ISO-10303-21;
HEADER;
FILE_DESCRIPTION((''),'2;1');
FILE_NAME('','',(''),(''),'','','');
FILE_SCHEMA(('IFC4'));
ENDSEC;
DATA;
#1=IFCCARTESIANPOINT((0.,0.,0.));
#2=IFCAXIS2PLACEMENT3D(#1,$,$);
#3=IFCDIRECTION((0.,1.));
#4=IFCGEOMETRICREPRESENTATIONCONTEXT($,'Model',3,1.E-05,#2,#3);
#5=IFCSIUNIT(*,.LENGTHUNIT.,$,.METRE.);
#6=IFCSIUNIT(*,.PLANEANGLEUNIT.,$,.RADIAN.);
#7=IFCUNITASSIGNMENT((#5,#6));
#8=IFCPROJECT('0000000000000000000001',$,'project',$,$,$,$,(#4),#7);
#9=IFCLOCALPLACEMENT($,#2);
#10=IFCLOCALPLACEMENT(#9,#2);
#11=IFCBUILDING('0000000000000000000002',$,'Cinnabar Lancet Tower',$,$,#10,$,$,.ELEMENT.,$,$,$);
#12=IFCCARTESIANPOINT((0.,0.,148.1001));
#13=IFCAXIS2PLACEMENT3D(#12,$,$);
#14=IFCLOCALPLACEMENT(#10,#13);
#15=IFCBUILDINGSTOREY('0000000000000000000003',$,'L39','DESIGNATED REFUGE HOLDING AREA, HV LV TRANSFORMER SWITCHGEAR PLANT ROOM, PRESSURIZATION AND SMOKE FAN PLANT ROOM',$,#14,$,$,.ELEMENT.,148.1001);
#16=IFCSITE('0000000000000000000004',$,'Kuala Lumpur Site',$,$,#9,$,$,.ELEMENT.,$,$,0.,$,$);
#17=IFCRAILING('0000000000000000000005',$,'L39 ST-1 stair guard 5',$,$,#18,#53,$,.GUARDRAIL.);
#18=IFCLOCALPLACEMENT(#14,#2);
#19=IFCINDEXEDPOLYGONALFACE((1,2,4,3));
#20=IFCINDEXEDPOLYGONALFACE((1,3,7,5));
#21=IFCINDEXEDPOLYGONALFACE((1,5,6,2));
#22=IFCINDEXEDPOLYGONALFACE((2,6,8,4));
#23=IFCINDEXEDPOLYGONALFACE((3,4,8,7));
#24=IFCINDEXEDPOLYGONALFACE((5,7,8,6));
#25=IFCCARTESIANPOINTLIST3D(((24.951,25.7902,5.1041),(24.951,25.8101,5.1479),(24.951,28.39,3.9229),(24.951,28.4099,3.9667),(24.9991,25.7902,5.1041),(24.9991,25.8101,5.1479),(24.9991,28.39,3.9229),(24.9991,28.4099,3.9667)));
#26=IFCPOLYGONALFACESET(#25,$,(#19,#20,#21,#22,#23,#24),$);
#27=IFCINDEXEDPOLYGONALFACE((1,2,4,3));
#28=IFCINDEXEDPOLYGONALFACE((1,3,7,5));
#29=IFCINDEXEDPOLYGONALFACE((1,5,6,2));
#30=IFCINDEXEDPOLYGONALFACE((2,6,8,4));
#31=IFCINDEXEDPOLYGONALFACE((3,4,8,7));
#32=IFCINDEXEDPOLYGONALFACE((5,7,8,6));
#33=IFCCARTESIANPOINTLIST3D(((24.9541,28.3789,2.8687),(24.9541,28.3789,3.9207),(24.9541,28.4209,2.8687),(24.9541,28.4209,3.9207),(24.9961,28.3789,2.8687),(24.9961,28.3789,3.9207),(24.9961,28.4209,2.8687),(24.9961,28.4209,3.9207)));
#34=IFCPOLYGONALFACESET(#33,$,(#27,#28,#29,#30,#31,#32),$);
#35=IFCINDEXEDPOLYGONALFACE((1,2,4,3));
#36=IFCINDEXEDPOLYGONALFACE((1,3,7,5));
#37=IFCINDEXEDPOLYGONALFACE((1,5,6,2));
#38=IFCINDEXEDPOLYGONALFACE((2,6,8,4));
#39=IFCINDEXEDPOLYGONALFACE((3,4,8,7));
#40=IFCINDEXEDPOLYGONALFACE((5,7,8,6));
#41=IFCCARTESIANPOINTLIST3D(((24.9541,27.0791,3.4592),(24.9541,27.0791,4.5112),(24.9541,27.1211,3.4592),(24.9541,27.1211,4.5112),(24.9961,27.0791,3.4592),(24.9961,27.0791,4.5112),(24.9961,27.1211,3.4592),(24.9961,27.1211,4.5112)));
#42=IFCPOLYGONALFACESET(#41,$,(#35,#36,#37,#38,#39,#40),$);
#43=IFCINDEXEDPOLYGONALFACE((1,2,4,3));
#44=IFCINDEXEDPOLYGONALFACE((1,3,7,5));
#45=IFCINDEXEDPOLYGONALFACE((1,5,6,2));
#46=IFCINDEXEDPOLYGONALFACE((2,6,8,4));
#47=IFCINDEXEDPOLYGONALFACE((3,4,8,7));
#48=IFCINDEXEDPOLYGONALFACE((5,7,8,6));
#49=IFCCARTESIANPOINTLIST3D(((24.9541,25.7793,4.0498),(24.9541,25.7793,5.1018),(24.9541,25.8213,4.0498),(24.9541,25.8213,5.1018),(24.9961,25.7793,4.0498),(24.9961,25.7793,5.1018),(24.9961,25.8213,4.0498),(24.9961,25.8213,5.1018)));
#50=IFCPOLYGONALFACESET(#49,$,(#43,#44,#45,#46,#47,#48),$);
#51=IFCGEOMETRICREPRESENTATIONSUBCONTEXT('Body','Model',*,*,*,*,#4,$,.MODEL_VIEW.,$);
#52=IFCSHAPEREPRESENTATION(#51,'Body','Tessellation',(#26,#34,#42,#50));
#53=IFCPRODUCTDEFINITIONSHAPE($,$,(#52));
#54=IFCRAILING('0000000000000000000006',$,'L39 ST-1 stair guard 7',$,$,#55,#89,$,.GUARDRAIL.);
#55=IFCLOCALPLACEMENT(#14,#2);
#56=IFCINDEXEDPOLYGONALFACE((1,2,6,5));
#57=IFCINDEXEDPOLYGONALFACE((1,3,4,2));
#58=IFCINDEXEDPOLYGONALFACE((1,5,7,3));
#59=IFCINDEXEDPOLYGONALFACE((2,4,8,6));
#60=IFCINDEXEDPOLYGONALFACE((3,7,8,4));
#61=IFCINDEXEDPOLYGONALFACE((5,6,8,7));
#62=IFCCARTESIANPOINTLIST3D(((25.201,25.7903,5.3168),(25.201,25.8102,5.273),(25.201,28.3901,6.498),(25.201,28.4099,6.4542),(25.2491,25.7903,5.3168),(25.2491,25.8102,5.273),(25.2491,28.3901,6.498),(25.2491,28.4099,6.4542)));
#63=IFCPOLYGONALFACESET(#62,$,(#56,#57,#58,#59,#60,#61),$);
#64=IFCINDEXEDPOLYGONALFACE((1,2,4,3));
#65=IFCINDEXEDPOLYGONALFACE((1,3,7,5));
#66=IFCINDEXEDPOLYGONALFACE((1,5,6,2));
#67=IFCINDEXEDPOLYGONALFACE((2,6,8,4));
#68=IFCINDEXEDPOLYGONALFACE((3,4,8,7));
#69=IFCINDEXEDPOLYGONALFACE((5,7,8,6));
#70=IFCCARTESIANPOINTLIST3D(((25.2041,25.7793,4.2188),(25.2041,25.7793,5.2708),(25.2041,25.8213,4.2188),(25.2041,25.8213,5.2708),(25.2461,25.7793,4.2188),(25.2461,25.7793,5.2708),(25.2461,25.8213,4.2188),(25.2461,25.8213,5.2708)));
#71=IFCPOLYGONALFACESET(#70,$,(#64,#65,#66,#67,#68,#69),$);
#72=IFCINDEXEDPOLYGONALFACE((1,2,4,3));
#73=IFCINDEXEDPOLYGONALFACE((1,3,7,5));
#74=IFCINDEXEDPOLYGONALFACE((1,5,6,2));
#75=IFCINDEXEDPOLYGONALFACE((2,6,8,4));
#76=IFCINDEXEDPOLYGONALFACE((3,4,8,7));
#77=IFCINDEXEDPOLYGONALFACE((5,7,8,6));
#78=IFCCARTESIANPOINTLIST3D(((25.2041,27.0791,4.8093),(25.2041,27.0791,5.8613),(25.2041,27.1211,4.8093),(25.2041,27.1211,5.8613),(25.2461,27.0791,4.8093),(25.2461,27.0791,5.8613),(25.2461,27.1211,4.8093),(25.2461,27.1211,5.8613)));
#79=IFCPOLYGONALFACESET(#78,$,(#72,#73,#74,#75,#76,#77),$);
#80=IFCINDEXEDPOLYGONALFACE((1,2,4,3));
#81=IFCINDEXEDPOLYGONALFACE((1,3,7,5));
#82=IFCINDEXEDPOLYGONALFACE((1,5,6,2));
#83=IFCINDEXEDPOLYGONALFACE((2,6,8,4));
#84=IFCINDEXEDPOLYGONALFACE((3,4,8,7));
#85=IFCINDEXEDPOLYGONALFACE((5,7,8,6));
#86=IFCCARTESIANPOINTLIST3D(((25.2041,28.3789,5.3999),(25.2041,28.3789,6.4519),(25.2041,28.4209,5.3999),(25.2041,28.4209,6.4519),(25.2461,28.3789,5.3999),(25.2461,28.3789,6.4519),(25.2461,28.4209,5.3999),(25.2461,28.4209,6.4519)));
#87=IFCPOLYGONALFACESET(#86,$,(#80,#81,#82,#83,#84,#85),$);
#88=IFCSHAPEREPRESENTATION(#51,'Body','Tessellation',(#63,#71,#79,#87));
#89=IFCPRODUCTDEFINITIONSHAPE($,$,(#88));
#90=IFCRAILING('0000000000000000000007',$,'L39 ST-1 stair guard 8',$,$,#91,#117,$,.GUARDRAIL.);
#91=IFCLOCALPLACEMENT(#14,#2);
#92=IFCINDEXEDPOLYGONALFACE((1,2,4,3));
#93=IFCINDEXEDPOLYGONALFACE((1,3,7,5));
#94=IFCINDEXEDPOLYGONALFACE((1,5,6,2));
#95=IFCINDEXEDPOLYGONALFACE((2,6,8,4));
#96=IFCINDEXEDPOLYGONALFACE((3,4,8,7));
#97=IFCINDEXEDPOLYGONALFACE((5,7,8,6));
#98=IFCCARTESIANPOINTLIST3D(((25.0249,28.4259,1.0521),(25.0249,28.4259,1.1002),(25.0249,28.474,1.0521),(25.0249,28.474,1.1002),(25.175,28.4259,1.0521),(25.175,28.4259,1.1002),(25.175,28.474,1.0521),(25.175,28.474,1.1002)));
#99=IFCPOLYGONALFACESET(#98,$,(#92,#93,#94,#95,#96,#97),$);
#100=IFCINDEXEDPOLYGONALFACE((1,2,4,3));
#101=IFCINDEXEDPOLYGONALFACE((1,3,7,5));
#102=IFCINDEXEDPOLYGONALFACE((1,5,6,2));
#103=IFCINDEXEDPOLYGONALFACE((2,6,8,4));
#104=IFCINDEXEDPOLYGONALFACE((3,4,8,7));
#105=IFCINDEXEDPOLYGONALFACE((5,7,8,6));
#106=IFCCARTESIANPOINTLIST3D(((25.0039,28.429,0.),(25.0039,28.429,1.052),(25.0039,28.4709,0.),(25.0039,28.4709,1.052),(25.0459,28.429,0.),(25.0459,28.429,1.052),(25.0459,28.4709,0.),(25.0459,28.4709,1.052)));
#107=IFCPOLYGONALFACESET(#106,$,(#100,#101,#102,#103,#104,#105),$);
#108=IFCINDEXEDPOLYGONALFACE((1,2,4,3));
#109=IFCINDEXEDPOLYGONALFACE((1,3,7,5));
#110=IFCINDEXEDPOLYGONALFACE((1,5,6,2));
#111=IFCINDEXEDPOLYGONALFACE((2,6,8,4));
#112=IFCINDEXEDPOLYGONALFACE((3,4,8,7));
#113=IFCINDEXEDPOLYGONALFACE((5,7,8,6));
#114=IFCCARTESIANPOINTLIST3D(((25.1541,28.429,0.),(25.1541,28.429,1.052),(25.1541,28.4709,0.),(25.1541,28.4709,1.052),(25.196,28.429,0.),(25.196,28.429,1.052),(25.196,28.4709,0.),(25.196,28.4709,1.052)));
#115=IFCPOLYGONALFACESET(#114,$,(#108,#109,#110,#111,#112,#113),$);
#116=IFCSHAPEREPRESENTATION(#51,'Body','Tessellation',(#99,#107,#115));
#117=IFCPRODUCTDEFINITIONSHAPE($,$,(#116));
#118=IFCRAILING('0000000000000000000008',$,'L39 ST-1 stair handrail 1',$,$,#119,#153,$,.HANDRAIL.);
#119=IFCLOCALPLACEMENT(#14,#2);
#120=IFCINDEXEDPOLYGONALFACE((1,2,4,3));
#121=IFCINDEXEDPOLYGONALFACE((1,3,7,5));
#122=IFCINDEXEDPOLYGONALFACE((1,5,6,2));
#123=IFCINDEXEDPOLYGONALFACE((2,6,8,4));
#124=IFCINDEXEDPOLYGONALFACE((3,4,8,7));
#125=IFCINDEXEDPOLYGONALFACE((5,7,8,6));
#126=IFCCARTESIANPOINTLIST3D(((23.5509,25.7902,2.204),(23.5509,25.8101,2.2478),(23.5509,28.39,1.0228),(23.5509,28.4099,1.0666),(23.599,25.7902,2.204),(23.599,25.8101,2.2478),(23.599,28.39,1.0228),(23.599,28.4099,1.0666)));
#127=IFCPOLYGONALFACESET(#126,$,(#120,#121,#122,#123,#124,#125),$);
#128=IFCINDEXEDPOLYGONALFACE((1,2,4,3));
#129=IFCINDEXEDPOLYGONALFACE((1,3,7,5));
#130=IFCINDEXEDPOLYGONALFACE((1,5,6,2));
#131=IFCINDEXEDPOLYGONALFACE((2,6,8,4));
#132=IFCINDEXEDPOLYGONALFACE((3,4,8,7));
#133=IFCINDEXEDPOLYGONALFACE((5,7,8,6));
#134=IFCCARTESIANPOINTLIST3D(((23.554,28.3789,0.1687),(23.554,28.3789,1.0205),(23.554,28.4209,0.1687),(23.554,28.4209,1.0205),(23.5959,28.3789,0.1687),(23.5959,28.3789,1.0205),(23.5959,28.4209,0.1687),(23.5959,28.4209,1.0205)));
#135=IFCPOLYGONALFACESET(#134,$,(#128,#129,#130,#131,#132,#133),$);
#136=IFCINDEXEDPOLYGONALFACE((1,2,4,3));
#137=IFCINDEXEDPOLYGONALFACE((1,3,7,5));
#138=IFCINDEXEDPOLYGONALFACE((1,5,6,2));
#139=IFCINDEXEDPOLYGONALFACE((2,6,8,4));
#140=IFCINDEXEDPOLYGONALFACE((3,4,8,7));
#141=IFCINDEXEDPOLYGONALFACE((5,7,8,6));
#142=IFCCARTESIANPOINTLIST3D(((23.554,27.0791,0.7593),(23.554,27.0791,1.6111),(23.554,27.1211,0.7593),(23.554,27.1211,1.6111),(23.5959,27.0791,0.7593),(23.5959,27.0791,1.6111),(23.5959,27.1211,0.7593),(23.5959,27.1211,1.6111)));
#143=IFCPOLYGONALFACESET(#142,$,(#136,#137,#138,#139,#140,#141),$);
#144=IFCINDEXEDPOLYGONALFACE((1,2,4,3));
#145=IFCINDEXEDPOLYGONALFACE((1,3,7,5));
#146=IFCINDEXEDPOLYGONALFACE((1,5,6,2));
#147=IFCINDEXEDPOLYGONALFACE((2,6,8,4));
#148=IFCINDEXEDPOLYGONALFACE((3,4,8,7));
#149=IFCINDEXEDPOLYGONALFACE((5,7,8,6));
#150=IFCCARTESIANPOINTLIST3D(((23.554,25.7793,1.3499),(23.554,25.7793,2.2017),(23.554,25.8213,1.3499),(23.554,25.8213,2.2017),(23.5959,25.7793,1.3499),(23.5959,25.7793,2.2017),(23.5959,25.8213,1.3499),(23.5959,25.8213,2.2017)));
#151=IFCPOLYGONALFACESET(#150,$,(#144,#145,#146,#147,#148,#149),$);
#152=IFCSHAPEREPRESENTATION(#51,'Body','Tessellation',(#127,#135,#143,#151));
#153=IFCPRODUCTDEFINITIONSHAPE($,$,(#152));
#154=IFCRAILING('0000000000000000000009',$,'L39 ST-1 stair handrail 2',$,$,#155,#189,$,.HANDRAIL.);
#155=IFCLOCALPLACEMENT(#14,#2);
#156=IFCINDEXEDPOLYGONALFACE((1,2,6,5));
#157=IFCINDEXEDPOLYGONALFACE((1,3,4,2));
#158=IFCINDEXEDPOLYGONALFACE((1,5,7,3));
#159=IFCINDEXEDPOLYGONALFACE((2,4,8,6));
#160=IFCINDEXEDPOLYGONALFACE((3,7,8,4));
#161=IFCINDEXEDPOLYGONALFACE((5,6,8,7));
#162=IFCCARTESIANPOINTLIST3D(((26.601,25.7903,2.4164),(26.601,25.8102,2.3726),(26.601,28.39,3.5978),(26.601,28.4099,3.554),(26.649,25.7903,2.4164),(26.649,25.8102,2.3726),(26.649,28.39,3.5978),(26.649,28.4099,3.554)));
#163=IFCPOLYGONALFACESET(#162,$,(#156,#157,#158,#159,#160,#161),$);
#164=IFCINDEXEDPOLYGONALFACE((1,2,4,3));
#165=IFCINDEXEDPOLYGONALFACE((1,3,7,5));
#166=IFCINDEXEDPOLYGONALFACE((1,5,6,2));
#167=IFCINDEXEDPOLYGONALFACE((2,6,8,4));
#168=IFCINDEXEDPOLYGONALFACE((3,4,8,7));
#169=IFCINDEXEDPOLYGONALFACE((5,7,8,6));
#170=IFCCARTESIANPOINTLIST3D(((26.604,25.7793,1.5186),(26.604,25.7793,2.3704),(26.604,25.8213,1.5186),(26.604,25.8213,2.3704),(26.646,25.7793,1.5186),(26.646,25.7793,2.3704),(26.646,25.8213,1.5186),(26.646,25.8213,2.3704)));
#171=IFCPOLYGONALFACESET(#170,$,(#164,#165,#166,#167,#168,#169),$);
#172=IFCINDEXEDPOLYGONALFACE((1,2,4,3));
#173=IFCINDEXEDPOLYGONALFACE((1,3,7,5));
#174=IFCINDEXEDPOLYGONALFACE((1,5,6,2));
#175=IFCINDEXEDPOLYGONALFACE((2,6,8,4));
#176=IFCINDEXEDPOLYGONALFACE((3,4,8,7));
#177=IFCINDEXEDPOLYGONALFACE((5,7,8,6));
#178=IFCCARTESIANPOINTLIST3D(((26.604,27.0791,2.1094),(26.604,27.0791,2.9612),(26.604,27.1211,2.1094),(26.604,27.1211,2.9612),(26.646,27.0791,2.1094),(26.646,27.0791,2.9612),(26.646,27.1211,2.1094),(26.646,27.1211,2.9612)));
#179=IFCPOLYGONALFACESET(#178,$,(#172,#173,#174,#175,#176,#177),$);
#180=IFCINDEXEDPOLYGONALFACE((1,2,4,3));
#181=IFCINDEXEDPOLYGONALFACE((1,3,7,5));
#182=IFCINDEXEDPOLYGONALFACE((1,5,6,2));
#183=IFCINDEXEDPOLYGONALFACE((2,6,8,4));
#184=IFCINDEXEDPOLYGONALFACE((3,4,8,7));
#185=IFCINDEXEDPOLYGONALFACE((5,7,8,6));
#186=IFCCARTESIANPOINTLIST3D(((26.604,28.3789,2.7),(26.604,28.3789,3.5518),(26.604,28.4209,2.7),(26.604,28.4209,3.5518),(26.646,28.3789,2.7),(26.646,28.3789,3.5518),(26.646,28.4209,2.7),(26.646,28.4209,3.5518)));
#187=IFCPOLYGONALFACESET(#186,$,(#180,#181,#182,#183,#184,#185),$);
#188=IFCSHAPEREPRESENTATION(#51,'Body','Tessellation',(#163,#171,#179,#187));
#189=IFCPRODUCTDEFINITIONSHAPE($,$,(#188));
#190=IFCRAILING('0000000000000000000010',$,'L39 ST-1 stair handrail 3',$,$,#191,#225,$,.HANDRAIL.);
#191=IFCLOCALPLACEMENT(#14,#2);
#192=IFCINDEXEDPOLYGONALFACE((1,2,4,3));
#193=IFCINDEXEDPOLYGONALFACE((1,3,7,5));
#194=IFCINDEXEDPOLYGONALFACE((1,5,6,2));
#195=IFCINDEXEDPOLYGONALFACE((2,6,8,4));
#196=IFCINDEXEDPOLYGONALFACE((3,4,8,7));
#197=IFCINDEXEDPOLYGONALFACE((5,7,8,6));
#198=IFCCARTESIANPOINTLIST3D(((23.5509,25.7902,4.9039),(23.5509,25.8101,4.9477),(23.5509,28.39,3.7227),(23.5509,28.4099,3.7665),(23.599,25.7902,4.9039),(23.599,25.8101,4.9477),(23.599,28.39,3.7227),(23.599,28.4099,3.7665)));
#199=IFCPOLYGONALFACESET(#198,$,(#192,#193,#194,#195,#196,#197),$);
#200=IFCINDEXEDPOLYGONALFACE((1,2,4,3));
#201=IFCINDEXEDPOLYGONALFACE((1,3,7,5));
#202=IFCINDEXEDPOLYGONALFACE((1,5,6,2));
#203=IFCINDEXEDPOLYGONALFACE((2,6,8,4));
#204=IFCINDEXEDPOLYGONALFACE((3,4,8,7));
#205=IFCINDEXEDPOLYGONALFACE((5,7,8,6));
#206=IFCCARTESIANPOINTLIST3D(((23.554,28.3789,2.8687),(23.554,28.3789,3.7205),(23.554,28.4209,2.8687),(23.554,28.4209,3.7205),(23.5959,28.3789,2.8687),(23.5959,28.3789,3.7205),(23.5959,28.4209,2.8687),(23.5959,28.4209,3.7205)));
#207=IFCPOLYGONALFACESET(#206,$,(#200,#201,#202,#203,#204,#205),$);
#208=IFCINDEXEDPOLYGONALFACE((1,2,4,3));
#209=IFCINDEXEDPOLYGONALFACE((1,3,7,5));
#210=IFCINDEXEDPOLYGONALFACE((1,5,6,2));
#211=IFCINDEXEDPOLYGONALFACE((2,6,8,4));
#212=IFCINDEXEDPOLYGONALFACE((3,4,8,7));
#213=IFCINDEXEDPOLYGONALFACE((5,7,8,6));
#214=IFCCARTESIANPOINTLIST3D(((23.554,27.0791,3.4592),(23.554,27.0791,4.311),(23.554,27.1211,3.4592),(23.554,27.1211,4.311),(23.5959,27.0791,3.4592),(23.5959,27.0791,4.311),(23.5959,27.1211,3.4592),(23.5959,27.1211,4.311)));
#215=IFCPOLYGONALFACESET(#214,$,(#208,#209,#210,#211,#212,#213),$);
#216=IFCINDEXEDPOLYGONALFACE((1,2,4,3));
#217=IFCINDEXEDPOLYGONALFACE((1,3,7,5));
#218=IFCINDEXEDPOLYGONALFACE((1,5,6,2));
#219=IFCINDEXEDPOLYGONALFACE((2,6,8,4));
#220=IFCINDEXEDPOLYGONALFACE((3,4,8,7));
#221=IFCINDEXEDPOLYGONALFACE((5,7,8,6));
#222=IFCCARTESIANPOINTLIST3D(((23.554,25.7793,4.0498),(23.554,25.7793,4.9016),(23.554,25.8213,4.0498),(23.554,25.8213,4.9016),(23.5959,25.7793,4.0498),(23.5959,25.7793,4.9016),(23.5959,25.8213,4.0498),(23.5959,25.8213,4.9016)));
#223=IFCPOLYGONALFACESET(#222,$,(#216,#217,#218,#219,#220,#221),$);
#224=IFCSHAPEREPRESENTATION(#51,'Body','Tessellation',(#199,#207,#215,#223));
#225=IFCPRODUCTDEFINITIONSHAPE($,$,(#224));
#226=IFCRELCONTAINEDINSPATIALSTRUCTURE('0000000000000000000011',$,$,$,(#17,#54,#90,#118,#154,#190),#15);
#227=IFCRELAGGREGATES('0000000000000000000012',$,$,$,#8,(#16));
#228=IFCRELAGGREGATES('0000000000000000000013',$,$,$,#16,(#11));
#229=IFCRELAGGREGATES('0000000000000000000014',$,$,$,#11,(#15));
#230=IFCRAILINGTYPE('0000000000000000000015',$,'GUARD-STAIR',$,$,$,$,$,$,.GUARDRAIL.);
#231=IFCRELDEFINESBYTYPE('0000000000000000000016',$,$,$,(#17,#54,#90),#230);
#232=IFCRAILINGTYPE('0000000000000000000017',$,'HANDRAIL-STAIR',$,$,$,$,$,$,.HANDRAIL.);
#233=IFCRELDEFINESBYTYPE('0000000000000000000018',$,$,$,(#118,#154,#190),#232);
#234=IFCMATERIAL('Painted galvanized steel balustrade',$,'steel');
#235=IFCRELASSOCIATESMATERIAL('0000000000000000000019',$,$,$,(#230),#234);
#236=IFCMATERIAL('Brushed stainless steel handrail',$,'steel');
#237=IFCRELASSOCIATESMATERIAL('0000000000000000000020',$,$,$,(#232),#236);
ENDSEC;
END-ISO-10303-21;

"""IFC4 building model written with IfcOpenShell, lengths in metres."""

from ifc_helpers import new_model, si_unit, direction, frame, origin, origin_2d, place, context, subcontext, project, spatial, rectangle, extrude, material, type_object, element, save


model = new_model("IFC4")

# Units and contexts
model_context = context("Model", 3, precision=1e-05, world=origin(), true_north=direction((0.0, 1.0)))
body_context = subcontext(model_context, "Body", "Model", "MODEL_VIEW")
ifc_project = project(units=[si_unit("LENGTHUNIT", "METRE"), si_unit("PLANEANGLEUNIT", "RADIAN")], contexts=[model_context])

# Site, building, storey
site_placement = place(None, origin())
site = spatial("IfcSite", under=ifc_project, at=site_placement, Name="Kuala Lumpur Site", CompositionType="ELEMENT", RefElevation=0.0)
building_placement = place(site_placement, origin())
building = spatial("IfcBuilding", under=site, at=building_placement, Name="Cinnabar Lancet Tower", CompositionType="ELEMENT")
storey_placement = place(building_placement, frame((0.0, 0.0, 148.1001)))
storey = spatial("IfcBuildingStorey", under=building, at=storey_placement, Name="L39", Description="DESIGNATED REFUGE HOLDING AREA, HV LV TRANSFORMER SWITCHGEAR PLANT ROOM, PRESSURIZATION AND SMOKE FAN PLANT ROOM", CompositionType="ELEMENT", Elevation=148.1001)

# Railings
ifc_material_1 = material(Name="Painted galvanized steel balustrade", Category="steel")
railing_type_1 = type_object("IfcRailingType", Name="GUARD-STAIR", PredefinedType="GUARDRAIL", material=ifc_material_1)
railing_1_placement = place(storey_placement, frame((24.9751, 28.3999, 2.8687)))
element("IfcRailing", 1, at=railing_1_placement, inside=storey, type_object=railing_type_1, Name="L39 ST-1 stair guard 5", PredefinedType="GUARDRAIL", context=body_context, shape_type="SweptSolid", body=[
    extrude(rectangle(XDim=0.0481, YDim=0.0481, at=origin_2d()), frame((0.0, 0.0, 1.0762), z_axis=(0.0, -0.910431, 0.413661), x_axis=(1.0, 0.0, 0.0)), (0.0, 0.0, 1.0), 2.8555),
    extrude(rectangle(XDim=0.042, YDim=0.042, at=origin_2d()), origin(), (0.0, 0.0, 1.0), 1.052),
    extrude(rectangle(XDim=0.042, YDim=0.042, at=origin_2d()), frame((0.0, -1.2998, 0.5906)), (0.0, 0.0, 1.0), 1.052),
    extrude(rectangle(XDim=0.042, YDim=0.042, at=origin_2d()), frame((0.0, -2.5996, 1.1812)), (0.0, 0.0, 1.0), 1.052),
])
railing_2_placement = place(storey_placement, frame((25.2251, 25.8003, 4.2188)))
element("IfcRailing", 2, at=railing_2_placement, inside=storey, type_object=railing_type_1, Name="L39 ST-1 stair guard 7", PredefinedType="GUARDRAIL", context=body_context, shape_type="SweptSolid", body=[
    extrude(rectangle(XDim=0.0481, YDim=0.0481, at=origin_2d()), frame((0.0, 0.0, 1.0762), z_axis=(0.0, 0.910431, 0.413661), x_axis=(-1.0, 0.0, 0.0)), (0.0, 0.0, 1.0), 2.8555),
    extrude(rectangle(XDim=0.042, YDim=0.042, at=origin_2d()), origin(), (0.0, 0.0, 1.0), 1.052),
    extrude(rectangle(XDim=0.042, YDim=0.042, at=origin_2d()), frame((0.0, 1.2998, 0.5906)), (0.0, 0.0, 1.0), 1.052),
    extrude(rectangle(XDim=0.042, YDim=0.042, at=origin_2d()), frame((0.0, 2.5996, 1.1812)), (0.0, 0.0, 1.0), 1.052),
])
railing_3_placement = place(storey_placement, frame((25.0249, 28.45, 0.0)))
element("IfcRailing", 3, at=railing_3_placement, inside=storey, type_object=railing_type_1, Name="L39 ST-1 stair guard 8", PredefinedType="GUARDRAIL", context=body_context, shape_type="SweptSolid", body=[
    extrude(rectangle(XDim=0.0481, YDim=0.0481, at=origin_2d()), frame((0.0, 0.0, 1.0762), z_axis=(1.0, 0.0, 0.0), x_axis=(0.0, 1.0, 0.0)), (0.0, 0.0, 1.0), 0.1501),
    extrude(rectangle(XDim=0.042, YDim=0.042, at=origin_2d()), origin(), (0.0, 0.0, 1.0), 1.052),
    extrude(rectangle(XDim=0.042, YDim=0.042, at=origin_2d()), frame((0.1501, 0.0, 0.0)), (0.0, 0.0, 1.0), 1.052),
])
ifc_material_2 = material(Name="Brushed stainless steel handrail", Category="steel")
railing_type_2 = type_object("IfcRailingType", Name="HANDRAIL-STAIR", PredefinedType="HANDRAIL", material=ifc_material_2)
railing_4_placement = place(storey_placement, frame((23.575, 28.3999, 0.1687)))
element("IfcRailing", 4, at=railing_4_placement, inside=storey, type_object=railing_type_2, Name="L39 ST-1 stair handrail 1", PredefinedType="HANDRAIL", context=body_context, shape_type="SweptSolid", body=[
    extrude(rectangle(XDim=0.0481, YDim=0.0481, at=origin_2d()), frame((0.0, 0.0, 0.876), z_axis=(0.0, -0.910431, 0.413661), x_axis=(1.0, 0.0, 0.0)), (0.0, 0.0, 1.0), 2.8555),
    extrude(rectangle(XDim=0.042, YDim=0.042, at=origin_2d()), origin(), (0.0, 0.0, 1.0), 0.8518),
    extrude(rectangle(XDim=0.042, YDim=0.042, at=origin_2d()), frame((0.0, -1.2998, 0.5906)), (0.0, 0.0, 1.0), 0.8518),
    extrude(rectangle(XDim=0.042, YDim=0.042, at=origin_2d()), frame((0.0, -2.5996, 1.1812)), (0.0, 0.0, 1.0), 0.8518),
])
railing_5_placement = place(storey_placement, frame((26.625, 25.8003, 1.5186)))
element("IfcRailing", 5, at=railing_5_placement, inside=storey, type_object=railing_type_2, Name="L39 ST-1 stair handrail 2", PredefinedType="HANDRAIL", context=body_context, shape_type="SweptSolid", body=[
    extrude(rectangle(XDim=0.0481, YDim=0.0481, at=origin_2d()), frame((0.0, 0.0, 0.876), z_axis=(0.0, 0.910399, 0.413732), x_axis=(-1.0, 0.0, 0.0)), (0.0, 0.0, 1.0), 2.8555),
    extrude(rectangle(XDim=0.042, YDim=0.042, at=origin_2d()), origin(), (0.0, 0.0, 1.0), 0.8518),
    extrude(rectangle(XDim=0.042, YDim=0.042, at=origin_2d()), frame((0.0, 1.2998, 0.5908)), (0.0, 0.0, 1.0), 0.8518),
    extrude(rectangle(XDim=0.042, YDim=0.042, at=origin_2d()), frame((0.0, 2.5996, 1.1814)), (0.0, 0.0, 1.0), 0.8518),
])
railing_6_placement = place(storey_placement, frame((23.575, 28.3999, 2.8687)))
element("IfcRailing", 6, at=railing_6_placement, inside=storey, type_object=railing_type_2, Name="L39 ST-1 stair handrail 3", PredefinedType="HANDRAIL", context=body_context, shape_type="SweptSolid", body=[
    extrude(rectangle(XDim=0.0481, YDim=0.0481, at=origin_2d()), frame((0.0, 0.0, 0.876), z_axis=(0.0, -0.910431, 0.413661), x_axis=(1.0, 0.0, 0.0)), (0.0, 0.0, 1.0), 2.8555),
    extrude(rectangle(XDim=0.042, YDim=0.042, at=origin_2d()), origin(), (0.0, 0.0, 1.0), 0.8518),
    extrude(rectangle(XDim=0.042, YDim=0.042, at=origin_2d()), frame((0.0, -1.2998, 0.5906)), (0.0, 0.0, 1.0), 0.8518),
    extrude(rectangle(XDim=0.042, YDim=0.042, at=origin_2d()), frame((0.0, -2.5996, 1.1812)), (0.0, 0.0, 1.0), 0.8518),
])

save(model, "model.ifc")
